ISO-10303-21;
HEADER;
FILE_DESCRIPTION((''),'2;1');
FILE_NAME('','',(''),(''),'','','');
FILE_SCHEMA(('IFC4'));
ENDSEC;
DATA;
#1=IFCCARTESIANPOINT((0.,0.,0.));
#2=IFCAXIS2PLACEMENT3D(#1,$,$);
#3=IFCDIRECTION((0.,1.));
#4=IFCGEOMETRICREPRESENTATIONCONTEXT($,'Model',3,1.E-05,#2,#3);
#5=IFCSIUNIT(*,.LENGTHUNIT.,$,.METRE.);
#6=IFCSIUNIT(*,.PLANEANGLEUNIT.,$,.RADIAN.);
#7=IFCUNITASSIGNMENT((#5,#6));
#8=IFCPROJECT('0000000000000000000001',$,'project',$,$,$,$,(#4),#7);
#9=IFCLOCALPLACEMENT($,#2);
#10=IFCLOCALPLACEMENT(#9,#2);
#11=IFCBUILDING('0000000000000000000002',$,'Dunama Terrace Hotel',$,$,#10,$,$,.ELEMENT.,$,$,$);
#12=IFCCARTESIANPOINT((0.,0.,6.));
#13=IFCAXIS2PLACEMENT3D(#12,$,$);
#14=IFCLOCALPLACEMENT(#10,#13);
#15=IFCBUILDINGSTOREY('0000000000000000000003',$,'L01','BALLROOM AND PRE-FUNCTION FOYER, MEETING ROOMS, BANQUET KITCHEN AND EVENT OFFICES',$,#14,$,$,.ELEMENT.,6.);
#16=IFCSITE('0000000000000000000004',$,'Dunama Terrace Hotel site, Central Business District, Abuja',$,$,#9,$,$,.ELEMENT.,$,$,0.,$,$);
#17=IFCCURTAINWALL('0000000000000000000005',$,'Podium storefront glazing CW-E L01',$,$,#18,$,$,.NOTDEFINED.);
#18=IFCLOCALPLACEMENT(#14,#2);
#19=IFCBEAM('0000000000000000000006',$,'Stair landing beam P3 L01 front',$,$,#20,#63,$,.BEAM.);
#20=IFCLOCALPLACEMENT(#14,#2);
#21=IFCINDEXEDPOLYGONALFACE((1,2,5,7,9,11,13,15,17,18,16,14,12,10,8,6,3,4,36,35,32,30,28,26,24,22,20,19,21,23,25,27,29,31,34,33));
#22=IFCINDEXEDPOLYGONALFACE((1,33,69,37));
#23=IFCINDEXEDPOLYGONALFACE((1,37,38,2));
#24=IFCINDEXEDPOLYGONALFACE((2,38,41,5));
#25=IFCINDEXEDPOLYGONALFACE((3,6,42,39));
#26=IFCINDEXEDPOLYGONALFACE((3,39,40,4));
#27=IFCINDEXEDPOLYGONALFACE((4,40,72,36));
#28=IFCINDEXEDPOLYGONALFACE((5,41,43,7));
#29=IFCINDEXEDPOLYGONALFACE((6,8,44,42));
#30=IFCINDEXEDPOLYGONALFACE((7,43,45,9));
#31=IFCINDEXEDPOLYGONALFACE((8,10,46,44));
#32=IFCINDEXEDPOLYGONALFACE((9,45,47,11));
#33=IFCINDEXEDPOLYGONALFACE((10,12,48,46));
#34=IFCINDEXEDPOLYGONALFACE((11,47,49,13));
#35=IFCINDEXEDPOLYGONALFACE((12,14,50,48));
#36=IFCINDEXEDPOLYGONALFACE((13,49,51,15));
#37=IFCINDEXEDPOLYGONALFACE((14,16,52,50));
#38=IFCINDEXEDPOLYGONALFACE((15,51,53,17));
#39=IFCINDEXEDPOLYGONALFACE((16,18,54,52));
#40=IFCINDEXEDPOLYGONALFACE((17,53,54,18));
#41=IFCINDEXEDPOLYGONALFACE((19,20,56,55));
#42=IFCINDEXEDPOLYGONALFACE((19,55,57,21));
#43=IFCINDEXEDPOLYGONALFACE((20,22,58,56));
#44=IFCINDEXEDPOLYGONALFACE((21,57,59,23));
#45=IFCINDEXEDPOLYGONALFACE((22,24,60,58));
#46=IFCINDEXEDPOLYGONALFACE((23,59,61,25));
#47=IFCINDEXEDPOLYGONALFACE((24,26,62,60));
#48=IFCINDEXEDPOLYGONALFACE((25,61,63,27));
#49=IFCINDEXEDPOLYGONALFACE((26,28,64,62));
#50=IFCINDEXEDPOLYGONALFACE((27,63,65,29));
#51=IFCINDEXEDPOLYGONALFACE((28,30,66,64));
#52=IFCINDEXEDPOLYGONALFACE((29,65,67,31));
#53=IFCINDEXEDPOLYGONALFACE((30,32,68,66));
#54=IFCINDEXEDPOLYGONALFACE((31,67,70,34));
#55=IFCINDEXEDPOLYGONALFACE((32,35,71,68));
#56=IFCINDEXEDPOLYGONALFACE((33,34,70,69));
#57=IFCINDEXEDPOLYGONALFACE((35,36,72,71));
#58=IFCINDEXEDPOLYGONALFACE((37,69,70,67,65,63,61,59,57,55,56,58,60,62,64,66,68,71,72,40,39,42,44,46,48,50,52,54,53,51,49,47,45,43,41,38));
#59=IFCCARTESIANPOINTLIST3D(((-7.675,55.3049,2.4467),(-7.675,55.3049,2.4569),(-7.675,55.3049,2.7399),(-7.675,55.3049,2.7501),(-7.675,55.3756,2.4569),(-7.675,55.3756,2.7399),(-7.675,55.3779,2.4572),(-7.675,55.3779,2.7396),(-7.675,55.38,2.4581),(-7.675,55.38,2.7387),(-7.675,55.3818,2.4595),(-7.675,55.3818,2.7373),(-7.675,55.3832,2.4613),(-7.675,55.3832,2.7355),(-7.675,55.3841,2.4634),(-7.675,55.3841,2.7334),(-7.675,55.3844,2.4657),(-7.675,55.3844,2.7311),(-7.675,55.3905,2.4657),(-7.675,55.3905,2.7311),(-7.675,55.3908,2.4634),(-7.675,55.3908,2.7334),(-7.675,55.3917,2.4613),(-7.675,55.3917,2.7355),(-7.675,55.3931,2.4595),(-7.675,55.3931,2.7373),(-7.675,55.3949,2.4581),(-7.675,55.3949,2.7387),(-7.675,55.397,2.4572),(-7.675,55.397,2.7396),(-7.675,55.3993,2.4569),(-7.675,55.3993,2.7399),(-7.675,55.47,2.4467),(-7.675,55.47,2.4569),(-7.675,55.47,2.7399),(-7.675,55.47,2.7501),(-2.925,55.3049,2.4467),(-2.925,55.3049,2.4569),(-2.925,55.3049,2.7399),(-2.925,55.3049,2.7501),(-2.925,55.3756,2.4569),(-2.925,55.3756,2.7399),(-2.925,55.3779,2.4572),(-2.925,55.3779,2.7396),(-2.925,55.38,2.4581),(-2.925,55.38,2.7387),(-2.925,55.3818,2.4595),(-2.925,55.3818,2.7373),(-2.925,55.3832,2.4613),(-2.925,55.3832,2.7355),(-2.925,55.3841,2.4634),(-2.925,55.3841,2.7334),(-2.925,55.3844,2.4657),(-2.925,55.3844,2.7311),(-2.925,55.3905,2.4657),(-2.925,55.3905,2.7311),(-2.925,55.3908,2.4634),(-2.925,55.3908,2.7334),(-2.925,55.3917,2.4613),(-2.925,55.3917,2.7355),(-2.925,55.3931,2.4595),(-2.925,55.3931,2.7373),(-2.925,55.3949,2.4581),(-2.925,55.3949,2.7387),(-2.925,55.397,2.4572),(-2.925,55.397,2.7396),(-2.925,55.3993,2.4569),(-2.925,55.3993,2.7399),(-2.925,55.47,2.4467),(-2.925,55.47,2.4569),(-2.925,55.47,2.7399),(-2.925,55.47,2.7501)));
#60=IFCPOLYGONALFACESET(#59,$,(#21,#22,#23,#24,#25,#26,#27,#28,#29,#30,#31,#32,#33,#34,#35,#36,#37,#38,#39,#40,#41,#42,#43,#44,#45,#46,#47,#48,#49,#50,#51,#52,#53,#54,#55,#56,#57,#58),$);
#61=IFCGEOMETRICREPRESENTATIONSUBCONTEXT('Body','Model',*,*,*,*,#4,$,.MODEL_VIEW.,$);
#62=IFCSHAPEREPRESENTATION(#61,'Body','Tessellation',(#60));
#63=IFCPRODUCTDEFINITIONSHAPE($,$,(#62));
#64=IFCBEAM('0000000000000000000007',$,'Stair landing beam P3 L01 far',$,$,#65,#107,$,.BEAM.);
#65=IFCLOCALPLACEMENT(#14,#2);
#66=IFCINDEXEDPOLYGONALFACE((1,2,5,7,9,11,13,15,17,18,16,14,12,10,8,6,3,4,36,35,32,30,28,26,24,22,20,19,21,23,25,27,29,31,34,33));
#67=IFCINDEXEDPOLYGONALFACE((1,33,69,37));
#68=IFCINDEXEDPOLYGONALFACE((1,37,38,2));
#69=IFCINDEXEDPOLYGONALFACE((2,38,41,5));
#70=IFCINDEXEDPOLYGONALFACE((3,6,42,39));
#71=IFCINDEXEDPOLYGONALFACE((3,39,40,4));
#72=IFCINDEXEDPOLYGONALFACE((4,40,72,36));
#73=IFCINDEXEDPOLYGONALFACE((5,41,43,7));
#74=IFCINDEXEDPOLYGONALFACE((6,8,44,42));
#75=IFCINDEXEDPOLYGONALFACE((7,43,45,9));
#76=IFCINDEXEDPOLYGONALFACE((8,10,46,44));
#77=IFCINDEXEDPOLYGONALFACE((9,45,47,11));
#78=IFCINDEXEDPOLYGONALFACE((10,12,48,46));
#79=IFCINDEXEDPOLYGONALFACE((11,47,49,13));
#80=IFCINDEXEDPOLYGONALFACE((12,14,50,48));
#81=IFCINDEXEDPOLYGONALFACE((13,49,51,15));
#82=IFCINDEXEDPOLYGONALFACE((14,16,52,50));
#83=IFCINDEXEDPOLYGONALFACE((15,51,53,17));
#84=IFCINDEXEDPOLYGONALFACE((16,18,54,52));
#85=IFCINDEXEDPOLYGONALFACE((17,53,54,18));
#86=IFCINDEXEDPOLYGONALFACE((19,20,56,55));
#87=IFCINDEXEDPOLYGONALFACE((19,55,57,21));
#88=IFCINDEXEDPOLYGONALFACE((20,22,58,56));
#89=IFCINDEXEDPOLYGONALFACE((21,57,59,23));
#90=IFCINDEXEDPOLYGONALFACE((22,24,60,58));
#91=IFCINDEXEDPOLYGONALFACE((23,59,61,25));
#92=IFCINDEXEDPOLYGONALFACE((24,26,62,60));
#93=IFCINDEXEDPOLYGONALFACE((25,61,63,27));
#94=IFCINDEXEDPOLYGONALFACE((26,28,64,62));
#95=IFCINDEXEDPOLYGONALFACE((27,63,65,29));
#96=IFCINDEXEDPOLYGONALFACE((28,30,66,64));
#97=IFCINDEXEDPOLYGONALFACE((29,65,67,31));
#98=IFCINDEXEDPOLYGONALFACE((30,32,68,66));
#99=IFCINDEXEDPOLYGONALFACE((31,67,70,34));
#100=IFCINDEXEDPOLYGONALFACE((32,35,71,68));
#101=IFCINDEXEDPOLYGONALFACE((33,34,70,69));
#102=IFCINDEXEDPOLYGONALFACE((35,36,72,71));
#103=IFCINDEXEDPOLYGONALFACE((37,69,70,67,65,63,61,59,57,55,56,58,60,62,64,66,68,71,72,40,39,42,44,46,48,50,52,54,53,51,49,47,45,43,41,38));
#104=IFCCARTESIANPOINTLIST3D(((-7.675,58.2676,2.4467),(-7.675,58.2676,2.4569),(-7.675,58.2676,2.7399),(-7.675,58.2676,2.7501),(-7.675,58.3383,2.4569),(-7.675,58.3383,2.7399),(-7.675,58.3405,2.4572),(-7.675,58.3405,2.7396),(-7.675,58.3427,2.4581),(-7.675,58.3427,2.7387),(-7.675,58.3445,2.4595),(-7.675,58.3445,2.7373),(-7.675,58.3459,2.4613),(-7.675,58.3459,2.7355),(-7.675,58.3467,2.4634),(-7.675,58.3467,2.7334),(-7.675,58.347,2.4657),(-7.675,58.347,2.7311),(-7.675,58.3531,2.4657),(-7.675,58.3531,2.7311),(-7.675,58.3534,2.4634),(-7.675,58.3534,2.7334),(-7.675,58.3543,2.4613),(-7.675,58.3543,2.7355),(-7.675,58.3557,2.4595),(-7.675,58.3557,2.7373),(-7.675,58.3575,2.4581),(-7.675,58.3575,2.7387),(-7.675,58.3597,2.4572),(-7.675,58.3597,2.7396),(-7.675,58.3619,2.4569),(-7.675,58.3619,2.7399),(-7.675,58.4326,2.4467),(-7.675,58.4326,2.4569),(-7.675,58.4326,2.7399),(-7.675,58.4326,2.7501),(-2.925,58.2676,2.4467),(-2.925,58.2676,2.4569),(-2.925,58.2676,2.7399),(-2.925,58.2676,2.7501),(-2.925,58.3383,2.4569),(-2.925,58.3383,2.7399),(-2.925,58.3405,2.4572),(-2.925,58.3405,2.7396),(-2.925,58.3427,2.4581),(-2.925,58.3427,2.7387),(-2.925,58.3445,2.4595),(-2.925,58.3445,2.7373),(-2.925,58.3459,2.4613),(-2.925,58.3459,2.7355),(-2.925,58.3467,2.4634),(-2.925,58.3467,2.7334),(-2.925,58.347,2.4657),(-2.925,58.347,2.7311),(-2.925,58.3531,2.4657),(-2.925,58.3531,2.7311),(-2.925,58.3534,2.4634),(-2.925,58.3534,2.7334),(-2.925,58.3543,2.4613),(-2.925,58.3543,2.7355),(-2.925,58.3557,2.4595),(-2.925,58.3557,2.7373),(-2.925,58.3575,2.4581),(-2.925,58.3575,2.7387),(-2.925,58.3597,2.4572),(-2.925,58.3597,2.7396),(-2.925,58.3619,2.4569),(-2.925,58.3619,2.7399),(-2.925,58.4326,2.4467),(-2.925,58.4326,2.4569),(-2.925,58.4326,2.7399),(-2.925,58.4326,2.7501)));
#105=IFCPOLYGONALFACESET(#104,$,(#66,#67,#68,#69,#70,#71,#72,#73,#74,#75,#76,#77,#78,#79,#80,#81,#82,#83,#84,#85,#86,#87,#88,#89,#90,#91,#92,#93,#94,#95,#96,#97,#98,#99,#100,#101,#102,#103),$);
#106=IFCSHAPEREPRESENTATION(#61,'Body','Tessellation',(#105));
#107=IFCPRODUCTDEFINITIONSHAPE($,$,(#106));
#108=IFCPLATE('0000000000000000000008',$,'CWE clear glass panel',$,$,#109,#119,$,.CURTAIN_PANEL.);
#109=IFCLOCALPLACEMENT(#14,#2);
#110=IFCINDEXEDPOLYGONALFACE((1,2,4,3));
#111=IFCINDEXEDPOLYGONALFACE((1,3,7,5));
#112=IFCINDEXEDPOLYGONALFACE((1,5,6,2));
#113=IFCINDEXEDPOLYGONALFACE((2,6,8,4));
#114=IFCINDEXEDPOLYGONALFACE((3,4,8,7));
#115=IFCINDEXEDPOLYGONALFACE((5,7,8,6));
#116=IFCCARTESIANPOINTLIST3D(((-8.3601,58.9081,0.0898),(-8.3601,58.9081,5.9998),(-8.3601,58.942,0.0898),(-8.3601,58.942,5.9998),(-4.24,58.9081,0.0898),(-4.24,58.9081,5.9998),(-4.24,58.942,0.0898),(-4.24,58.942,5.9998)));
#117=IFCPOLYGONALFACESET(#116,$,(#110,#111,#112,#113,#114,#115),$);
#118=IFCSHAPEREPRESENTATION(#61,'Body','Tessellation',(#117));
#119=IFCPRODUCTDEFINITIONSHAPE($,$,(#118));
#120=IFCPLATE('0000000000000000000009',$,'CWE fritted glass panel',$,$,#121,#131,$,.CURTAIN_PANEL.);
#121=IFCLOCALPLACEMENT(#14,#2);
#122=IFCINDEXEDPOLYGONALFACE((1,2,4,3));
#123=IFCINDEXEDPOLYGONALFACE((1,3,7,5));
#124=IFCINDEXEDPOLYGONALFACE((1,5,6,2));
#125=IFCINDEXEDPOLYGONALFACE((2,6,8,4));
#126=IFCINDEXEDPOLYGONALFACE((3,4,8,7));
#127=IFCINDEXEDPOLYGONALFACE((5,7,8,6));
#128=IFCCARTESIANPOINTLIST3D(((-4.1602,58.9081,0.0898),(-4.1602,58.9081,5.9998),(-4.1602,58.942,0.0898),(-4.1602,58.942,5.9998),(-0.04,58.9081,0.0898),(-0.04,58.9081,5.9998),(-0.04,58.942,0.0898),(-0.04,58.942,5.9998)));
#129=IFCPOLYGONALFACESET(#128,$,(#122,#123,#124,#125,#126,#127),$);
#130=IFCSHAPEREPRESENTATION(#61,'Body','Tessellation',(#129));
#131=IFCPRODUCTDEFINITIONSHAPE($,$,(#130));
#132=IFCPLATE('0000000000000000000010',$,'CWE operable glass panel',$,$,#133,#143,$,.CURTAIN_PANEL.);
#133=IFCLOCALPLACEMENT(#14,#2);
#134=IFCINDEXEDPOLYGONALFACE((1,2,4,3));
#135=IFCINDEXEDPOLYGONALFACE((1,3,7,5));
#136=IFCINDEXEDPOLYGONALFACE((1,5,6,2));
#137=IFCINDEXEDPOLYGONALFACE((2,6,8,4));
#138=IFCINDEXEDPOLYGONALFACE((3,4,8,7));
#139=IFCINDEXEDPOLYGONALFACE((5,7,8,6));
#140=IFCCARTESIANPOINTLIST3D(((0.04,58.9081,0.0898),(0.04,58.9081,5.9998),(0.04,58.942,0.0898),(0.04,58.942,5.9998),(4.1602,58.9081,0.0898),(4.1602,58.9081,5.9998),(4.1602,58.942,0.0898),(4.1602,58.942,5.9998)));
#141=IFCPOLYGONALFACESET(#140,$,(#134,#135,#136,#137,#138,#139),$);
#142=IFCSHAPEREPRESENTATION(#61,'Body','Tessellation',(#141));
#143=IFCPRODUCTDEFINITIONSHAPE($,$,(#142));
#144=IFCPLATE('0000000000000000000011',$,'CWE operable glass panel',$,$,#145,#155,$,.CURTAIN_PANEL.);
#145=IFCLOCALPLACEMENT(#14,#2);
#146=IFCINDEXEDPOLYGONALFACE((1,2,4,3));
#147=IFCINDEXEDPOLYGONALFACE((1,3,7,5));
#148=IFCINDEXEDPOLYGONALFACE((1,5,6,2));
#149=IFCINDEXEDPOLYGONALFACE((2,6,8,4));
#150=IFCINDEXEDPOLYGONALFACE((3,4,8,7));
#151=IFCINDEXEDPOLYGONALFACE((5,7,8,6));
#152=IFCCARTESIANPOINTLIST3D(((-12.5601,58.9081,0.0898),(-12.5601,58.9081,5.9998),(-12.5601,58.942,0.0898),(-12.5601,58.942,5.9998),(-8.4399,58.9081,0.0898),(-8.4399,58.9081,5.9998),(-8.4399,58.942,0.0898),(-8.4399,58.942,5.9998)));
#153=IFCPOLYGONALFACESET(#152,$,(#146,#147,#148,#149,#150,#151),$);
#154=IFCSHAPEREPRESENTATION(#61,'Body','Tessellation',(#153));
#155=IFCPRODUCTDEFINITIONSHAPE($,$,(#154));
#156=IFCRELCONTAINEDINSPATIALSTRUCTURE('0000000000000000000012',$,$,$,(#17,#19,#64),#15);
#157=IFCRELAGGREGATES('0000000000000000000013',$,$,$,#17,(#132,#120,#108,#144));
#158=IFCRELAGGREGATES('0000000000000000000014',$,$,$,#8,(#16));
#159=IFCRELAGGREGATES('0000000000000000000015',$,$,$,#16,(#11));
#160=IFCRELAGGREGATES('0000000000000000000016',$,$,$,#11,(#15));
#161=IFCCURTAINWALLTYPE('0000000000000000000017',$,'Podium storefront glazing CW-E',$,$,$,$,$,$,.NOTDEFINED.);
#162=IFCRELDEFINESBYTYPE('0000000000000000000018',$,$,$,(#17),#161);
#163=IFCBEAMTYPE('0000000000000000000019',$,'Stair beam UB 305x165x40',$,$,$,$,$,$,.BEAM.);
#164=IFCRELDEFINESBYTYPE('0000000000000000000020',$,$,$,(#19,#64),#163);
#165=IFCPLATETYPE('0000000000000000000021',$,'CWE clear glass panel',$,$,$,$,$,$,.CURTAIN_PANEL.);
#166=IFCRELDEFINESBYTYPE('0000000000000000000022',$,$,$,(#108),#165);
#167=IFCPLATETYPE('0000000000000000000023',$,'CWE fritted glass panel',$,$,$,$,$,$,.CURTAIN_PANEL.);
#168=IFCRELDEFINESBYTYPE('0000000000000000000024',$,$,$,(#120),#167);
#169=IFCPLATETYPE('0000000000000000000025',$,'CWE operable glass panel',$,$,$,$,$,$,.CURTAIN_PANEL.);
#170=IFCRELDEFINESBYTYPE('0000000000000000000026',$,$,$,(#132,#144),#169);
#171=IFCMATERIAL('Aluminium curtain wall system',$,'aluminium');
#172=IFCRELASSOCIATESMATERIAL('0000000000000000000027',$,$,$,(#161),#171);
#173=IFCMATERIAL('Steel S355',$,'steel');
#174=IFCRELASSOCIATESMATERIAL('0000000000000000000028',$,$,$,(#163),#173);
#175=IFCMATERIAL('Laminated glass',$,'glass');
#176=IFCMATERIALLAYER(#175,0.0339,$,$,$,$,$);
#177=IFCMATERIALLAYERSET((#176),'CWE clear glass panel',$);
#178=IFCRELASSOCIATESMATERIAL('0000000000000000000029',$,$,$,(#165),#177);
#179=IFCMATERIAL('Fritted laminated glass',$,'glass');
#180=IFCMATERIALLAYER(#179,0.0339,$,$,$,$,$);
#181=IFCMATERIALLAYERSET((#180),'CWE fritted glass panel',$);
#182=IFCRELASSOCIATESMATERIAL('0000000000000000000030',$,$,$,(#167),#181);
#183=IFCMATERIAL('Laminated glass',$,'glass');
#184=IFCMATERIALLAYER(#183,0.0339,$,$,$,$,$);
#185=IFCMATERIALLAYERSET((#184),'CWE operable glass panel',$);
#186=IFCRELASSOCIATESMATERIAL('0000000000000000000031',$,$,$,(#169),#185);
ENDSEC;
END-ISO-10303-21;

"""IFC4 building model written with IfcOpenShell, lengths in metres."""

from ifc_helpers import new_model, si_unit, direction, frame, origin, origin_2d, place, context, subcontext, project, spatial, rectangle, i_section, extrude, material, layer, layer_set, material_profile, profile_set, type_object, element, aggregate, save


model = new_model("IFC4")

# Units and contexts
model_context = context("Model", 3, precision=1e-05, world=origin(), true_north=direction((0.0, 1.0)))
body_context = subcontext(model_context, "Body", "Model", "MODEL_VIEW")
ifc_project = project(units=[si_unit("LENGTHUNIT", "METRE"), si_unit("PLANEANGLEUNIT", "RADIAN")], contexts=[model_context])

# Site, building, storey
site_placement = place(None, origin())
site = spatial("IfcSite", under=ifc_project, at=site_placement, Name="Dunama Terrace Hotel site, Central Business District, Abuja", CompositionType="ELEMENT", RefElevation=0.0)
building_placement = place(site_placement, origin())
building = spatial("IfcBuilding", under=site, at=building_placement, Name="Dunama Terrace Hotel", CompositionType="ELEMENT")
storey_placement = place(building_placement, frame((0.0, 0.0, 6.0)))
storey = spatial("IfcBuildingStorey", under=building, at=storey_placement, Name="L01", Description="BALLROOM AND PRE-FUNCTION FOYER, MEETING ROOMS, BANQUET KITCHEN AND EVENT OFFICES", CompositionType="ELEMENT", Elevation=6.0)

# Curtain wall
ifc_material_1 = material(Name="Aluminium curtain wall system", Category="aluminium")
curtain_wall_type = type_object("IfcCurtainWallType", Name="Podium storefront glazing CW-E", PredefinedType="NOTDEFINED", material=ifc_material_1)
curtain_wall_placement = place(storey_placement, origin())
curtain_wall = element("IfcCurtainWall", 1, at=curtain_wall_placement, inside=storey, type_object=curtain_wall_type, Name="Podium storefront glazing CW-E L01", PredefinedType="NOTDEFINED")

# Beams
ifc_material_2 = material(Name="Steel S355", Category="steel")
ifc_material_profile_1 = material_profile(ifc_material_2, i_section(OverallWidth=0.165, OverallDepth=0.3035, WebThickness=0.0061, FlangeThickness=0.0103, FilletRadius=0.0088, at=origin_2d()), Name="UB 305x165x40")
ifc_profile_set_1 = profile_set([ifc_material_profile_1], Name="Steel S355")
beam_type = type_object("IfcBeamType", Name="Stair beam UB 305x165x40", PredefinedType="BEAM", material=ifc_profile_set_1)
for number, where, z_axis, x_axis, name in (
    (2, (-7.675, 55.3875, 2.5984), (1.0, 0.0, 0.0), (0.0, 1.0, 0.0), "Stair landing beam P3 L01 front"),
    (3, (-7.675, 58.3501, 2.5984), (1.0, 0.0, 0.0), (0.0, 1.0, 0.0), "Stair landing beam P3 L01 far"),
):
    element("IfcBeam", number, at=place(storey_placement, frame(where, z_axis=z_axis, x_axis=x_axis)), inside=storey, type_object=beam_type, Name=name, PredefinedType="BEAM", context=body_context, shape_type="SweptSolid", body=[
        extrude(i_section(OverallWidth=0.165, OverallDepth=0.3035, WebThickness=0.0061, FlangeThickness=0.0103, FilletRadius=0.0088, at=origin_2d()), origin(), (0.0, 0.0, 1.0), 4.75),
    ])

# Plates
ifc_material_3 = material(Name="Laminated glass", Category="glass")
ifc_layer_1 = layer(ifc_material_3, 0.0339)
ifc_layer_set_1 = layer_set([ifc_layer_1], Name="CWE clear glass panel")
plate_type_1 = type_object("IfcPlateType", Name="CWE clear glass panel", PredefinedType="CURTAIN_PANEL", material=ifc_layer_set_1)
plate_1_placement = place(storey_placement, frame((-6.3, 58.925, 0.0898), z_axis=(0.0, 0.0, 1.0), x_axis=(-1.0, 0.0, 0.0)))
plate_1 = element("IfcPlate", 4, at=plate_1_placement, type_object=plate_type_1, Name="CWE clear glass panel", PredefinedType="CURTAIN_PANEL", context=body_context, shape_type="SweptSolid", body=[
    extrude(rectangle(XDim=4.1201, YDim=0.0339, at=origin_2d()), origin(), (0.0, 0.0, 1.0), 5.9099),
])
ifc_material_4 = material(Name="Fritted laminated glass", Category="glass")
ifc_layer_2 = layer(ifc_material_4, 0.0339)
ifc_layer_set_2 = layer_set([ifc_layer_2], Name="CWE fritted glass panel")
plate_type_2 = type_object("IfcPlateType", Name="CWE fritted glass panel", PredefinedType="CURTAIN_PANEL", material=ifc_layer_set_2)
plate_2_placement = place(storey_placement, frame((-2.1001, 58.925, 0.0898), z_axis=(0.0, 0.0, 1.0), x_axis=(-1.0, 0.0, 0.0)))
plate_2 = element("IfcPlate", 5, at=plate_2_placement, type_object=plate_type_2, Name="CWE fritted glass panel", PredefinedType="CURTAIN_PANEL", context=body_context, shape_type="SweptSolid", body=[
    extrude(rectangle(XDim=4.1201, YDim=0.0339, at=origin_2d()), origin(), (0.0, 0.0, 1.0), 5.9099),
])
ifc_material_5 = material(Name="Laminated glass", Category="glass")
ifc_layer_3 = layer(ifc_material_5, 0.0339)
ifc_layer_set_3 = layer_set([ifc_layer_3], Name="CWE operable glass panel")
plate_type_3 = type_object("IfcPlateType", Name="CWE operable glass panel", PredefinedType="CURTAIN_PANEL", material=ifc_layer_set_3)
plate_3_placement = place(storey_placement, frame((2.1001, 58.925, 0.0898), z_axis=(0.0, 0.0, 1.0), x_axis=(-1.0, 0.0, 0.0)))
plate_3 = element("IfcPlate", 6, at=plate_3_placement, type_object=plate_type_3, Name="CWE operable glass panel", PredefinedType="CURTAIN_PANEL", context=body_context, shape_type="SweptSolid", body=[
    extrude(rectangle(XDim=4.1201, YDim=0.0339, at=origin_2d()), origin(), (0.0, 0.0, 1.0), 5.9099),
])
plate_4_placement = place(storey_placement, frame((-10.5, 58.925, 0.0898), z_axis=(0.0, 0.0, 1.0), x_axis=(-1.0, 0.0, 0.0)))
plate_4 = element("IfcPlate", 7, at=plate_4_placement, type_object=plate_type_3, Name="CWE operable glass panel", PredefinedType="CURTAIN_PANEL", context=body_context, shape_type="SweptSolid", body=[
    extrude(rectangle(XDim=4.1201, YDim=0.0339, at=origin_2d()), origin(), (0.0, 0.0, 1.0), 5.9099),
])
aggregate(curtain_wall, [plate_3, plate_2, plate_1, plate_4])

save(model, "model.ifc")
